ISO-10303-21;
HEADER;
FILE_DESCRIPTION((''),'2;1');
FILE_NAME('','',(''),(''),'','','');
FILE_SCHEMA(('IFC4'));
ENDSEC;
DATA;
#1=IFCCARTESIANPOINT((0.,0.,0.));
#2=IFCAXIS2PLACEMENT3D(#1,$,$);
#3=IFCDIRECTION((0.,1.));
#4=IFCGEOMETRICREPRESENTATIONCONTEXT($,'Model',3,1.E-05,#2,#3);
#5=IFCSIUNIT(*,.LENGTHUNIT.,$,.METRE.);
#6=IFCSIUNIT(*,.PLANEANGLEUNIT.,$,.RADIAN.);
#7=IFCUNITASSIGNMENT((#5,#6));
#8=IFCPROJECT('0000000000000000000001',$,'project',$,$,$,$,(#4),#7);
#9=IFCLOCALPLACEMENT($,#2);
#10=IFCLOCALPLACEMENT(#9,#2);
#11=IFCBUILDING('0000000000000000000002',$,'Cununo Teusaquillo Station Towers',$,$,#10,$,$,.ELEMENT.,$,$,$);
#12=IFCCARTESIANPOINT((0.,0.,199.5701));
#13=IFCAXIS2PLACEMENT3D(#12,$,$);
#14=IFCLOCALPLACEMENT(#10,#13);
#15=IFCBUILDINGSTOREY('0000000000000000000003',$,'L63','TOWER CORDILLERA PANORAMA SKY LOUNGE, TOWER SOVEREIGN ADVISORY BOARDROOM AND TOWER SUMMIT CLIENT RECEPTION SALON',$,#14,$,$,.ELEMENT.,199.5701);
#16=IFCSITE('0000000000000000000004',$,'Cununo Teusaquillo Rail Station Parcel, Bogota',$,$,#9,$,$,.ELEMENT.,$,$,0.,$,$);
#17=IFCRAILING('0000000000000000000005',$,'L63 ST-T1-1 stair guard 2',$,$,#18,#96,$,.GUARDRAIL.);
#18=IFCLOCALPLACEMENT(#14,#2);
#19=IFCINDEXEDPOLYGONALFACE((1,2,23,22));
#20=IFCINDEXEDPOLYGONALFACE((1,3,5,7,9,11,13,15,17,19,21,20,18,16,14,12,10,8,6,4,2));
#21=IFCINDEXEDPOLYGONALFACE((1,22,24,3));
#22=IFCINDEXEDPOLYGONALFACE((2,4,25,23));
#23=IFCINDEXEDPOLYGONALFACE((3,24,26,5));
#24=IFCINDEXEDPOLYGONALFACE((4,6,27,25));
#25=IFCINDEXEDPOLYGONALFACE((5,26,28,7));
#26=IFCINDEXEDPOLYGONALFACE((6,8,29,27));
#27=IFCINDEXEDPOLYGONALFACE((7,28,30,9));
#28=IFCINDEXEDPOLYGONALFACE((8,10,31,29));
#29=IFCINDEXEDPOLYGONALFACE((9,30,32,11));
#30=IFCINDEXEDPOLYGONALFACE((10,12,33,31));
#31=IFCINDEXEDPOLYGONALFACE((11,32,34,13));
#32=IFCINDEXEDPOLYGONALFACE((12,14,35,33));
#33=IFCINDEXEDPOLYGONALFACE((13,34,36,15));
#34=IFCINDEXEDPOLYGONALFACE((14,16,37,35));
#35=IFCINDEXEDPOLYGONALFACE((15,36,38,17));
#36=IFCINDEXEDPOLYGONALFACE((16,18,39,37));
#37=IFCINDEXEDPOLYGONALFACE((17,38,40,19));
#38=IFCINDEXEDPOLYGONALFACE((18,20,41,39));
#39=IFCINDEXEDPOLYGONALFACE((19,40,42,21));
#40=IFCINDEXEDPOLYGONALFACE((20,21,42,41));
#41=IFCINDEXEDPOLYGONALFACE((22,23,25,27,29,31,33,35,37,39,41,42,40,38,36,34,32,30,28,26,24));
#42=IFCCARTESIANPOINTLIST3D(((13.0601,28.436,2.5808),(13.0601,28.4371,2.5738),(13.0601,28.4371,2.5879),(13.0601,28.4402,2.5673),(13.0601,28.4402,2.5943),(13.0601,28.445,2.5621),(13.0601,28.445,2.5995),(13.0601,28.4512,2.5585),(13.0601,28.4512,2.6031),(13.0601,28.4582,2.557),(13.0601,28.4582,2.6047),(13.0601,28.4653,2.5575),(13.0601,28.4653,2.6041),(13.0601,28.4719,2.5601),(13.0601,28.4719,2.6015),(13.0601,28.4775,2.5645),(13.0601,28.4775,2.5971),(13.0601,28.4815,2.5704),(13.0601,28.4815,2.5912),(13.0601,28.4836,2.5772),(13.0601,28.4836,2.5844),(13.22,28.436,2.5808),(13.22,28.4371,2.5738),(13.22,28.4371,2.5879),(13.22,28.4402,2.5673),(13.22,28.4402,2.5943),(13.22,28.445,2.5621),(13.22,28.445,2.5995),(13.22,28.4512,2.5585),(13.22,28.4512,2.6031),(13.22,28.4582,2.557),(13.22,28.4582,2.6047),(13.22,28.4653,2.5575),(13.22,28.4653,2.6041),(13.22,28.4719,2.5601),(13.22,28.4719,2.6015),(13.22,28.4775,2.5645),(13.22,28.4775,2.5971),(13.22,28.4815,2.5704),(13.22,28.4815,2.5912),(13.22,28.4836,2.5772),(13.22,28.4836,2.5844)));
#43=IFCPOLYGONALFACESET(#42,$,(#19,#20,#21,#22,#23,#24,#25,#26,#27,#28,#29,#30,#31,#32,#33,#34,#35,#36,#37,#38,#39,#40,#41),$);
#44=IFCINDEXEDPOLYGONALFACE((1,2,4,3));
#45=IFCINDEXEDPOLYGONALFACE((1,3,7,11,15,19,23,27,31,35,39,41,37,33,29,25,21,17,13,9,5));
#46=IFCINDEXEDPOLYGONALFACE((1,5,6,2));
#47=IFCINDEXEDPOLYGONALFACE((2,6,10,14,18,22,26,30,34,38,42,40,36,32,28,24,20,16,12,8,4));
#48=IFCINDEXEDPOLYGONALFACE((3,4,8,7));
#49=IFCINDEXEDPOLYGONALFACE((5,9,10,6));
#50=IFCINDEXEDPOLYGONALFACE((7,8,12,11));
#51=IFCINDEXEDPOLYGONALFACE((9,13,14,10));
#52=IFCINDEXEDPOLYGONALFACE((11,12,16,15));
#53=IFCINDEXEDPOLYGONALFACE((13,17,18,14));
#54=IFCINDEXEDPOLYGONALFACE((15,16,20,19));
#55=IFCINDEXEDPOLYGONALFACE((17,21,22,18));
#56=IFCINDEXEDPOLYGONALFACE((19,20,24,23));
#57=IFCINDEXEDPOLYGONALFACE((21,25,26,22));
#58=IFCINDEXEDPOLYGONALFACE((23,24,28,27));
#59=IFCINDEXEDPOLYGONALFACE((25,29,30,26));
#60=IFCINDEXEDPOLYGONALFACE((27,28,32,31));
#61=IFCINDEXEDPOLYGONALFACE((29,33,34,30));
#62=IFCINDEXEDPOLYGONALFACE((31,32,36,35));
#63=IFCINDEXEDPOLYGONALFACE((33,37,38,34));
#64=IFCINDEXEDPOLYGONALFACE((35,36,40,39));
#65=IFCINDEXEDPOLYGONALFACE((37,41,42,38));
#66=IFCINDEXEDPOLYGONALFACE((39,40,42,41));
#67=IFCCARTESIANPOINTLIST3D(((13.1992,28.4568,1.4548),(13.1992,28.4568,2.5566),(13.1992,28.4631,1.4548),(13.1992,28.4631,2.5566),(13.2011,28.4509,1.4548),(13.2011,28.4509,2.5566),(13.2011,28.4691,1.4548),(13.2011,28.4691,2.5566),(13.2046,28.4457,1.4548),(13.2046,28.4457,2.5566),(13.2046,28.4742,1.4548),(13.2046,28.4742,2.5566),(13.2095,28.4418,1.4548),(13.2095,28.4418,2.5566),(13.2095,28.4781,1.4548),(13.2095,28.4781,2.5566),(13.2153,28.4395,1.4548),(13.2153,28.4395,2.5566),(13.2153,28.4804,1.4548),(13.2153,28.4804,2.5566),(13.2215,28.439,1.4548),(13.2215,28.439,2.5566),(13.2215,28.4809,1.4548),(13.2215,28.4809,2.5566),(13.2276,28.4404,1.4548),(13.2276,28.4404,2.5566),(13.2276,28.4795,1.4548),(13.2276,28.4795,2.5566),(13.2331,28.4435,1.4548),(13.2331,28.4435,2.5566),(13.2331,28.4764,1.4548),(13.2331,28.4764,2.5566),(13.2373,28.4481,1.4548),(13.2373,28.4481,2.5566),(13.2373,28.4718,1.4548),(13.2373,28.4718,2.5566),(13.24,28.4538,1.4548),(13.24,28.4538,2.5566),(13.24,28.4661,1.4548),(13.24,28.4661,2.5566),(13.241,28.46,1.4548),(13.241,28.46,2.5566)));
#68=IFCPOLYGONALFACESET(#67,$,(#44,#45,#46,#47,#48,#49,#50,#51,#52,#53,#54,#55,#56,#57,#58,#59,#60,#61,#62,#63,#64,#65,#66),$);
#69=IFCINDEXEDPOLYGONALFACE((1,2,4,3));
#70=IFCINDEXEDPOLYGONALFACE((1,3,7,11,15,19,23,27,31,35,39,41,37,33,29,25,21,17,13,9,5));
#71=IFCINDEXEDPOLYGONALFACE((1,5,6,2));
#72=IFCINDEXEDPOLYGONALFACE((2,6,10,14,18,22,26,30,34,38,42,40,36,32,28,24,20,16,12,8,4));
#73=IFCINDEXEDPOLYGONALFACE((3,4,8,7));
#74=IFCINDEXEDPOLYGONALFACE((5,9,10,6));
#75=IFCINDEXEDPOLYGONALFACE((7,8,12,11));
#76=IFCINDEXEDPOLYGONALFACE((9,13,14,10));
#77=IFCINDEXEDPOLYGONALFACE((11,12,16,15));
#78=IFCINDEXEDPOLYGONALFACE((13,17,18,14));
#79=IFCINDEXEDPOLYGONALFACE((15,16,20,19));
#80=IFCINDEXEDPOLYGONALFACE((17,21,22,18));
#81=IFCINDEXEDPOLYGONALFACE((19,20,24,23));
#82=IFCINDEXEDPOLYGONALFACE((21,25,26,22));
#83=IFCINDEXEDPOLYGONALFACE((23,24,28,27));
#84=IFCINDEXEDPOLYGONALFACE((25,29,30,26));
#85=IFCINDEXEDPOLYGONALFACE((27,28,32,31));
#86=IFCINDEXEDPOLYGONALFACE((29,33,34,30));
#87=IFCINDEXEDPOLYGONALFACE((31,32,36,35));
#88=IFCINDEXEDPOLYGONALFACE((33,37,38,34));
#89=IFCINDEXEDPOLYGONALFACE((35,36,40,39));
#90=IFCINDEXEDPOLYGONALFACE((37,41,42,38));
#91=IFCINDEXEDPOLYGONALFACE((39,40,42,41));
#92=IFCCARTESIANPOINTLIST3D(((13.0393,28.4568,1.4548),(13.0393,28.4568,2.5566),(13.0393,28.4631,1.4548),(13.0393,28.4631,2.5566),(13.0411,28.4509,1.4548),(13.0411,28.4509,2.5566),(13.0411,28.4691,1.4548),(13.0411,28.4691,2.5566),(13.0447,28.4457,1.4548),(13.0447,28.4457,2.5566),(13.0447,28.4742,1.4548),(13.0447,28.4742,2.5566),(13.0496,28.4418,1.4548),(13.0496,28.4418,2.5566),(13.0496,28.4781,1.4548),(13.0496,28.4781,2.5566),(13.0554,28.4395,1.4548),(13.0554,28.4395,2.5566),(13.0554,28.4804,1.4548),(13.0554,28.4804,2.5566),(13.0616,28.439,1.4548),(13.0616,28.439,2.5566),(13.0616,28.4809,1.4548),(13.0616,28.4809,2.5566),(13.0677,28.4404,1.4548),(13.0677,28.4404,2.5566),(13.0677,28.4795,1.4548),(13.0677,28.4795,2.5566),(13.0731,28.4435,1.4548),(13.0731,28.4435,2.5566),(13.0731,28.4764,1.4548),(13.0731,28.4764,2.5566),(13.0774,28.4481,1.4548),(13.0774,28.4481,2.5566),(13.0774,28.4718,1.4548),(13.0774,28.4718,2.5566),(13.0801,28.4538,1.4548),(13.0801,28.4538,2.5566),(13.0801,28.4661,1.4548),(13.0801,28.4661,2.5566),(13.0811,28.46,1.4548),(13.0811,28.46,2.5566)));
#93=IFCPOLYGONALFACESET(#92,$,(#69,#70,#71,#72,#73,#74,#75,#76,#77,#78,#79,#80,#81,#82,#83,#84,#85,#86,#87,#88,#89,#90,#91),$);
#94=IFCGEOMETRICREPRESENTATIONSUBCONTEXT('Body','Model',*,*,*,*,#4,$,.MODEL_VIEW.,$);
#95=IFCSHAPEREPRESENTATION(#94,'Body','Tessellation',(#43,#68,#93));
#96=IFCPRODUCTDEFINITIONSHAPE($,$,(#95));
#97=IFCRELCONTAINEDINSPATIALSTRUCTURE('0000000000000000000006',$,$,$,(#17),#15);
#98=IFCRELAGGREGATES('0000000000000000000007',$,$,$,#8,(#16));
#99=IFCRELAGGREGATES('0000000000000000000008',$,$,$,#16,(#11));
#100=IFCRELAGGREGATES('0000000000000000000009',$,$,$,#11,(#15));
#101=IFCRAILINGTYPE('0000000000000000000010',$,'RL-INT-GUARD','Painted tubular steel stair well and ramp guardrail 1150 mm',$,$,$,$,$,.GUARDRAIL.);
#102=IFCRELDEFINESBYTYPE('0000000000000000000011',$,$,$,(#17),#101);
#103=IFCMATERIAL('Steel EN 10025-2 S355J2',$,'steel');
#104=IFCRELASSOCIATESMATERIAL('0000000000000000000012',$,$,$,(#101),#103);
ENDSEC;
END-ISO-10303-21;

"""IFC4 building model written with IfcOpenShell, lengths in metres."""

from ifc_helpers import new_model, si_unit, direction, frame, origin, origin_2d, place, context, subcontext, project, spatial, circle, extrude, material, type_object, element, save


model = new_model("IFC4")

# Units and contexts
model_context = context("Model", 3, precision=1e-05, world=origin(), true_north=direction((0.0, 1.0)))
body_context = subcontext(model_context, "Body", "Model", "MODEL_VIEW")
ifc_project = project(units=[si_unit("LENGTHUNIT", "METRE"), si_unit("PLANEANGLEUNIT", "RADIAN")], contexts=[model_context])

# Site, building, storey
site_placement = place(None, origin())
site = spatial("IfcSite", under=ifc_project, at=site_placement, Name="Cununo Teusaquillo Rail Station Parcel, Bogota", CompositionType="ELEMENT", RefElevation=0.0)
building_placement = place(site_placement, origin())
building = spatial("IfcBuilding", under=site, at=building_placement, Name="Cununo Teusaquillo Station Towers", CompositionType="ELEMENT")
storey_placement = place(building_placement, frame((0.0, 0.0, 199.5701)))
storey = spatial("IfcBuildingStorey", under=building, at=storey_placement, Name="L63", Description="TOWER CORDILLERA PANORAMA SKY LOUNGE, TOWER SOVEREIGN ADVISORY BOARDROOM AND TOWER SUMMIT CLIENT RECEPTION SALON", CompositionType="ELEMENT", Elevation=199.5701)

# Railing
ifc_material_1 = material(Name="Steel EN 10025-2 S355J2", Category="steel")
railing_type_1 = type_object("IfcRailingType", Name="RL-INT-GUARD", Description="Painted tubular steel stair well and ramp guardrail 1150 mm", PredefinedType="GUARDRAIL", material=ifc_material_1)
railing_1_placement = place(storey_placement, frame((13.22, 28.46, 1.4548)))
element("IfcRailing", 1, at=railing_1_placement, inside=storey, type_object=railing_type_1, Name="L63 ST-T1-1 stair guard 2", PredefinedType="GUARDRAIL", context=body_context, shape_type="SweptSolid", body=[
    extrude(circle(Radius=0.0239, at=origin_2d()), frame((0.0, 0.0, 1.126), z_axis=(-1.0, 0.0, 0.0), x_axis=(0.0, -1.0, 0.0)), (0.0, 0.0, 1.0), 0.1599),
    extrude(circle(Radius=0.021, at=origin_2d()), origin(), (0.0, 0.0, 1.0), 1.1018),
    extrude(circle(Radius=0.021, at=origin_2d()), frame((-0.1599, 0.0, 0.0)), (0.0, 0.0, 1.0), 1.1018),
])

save(model, "model.ifc")
